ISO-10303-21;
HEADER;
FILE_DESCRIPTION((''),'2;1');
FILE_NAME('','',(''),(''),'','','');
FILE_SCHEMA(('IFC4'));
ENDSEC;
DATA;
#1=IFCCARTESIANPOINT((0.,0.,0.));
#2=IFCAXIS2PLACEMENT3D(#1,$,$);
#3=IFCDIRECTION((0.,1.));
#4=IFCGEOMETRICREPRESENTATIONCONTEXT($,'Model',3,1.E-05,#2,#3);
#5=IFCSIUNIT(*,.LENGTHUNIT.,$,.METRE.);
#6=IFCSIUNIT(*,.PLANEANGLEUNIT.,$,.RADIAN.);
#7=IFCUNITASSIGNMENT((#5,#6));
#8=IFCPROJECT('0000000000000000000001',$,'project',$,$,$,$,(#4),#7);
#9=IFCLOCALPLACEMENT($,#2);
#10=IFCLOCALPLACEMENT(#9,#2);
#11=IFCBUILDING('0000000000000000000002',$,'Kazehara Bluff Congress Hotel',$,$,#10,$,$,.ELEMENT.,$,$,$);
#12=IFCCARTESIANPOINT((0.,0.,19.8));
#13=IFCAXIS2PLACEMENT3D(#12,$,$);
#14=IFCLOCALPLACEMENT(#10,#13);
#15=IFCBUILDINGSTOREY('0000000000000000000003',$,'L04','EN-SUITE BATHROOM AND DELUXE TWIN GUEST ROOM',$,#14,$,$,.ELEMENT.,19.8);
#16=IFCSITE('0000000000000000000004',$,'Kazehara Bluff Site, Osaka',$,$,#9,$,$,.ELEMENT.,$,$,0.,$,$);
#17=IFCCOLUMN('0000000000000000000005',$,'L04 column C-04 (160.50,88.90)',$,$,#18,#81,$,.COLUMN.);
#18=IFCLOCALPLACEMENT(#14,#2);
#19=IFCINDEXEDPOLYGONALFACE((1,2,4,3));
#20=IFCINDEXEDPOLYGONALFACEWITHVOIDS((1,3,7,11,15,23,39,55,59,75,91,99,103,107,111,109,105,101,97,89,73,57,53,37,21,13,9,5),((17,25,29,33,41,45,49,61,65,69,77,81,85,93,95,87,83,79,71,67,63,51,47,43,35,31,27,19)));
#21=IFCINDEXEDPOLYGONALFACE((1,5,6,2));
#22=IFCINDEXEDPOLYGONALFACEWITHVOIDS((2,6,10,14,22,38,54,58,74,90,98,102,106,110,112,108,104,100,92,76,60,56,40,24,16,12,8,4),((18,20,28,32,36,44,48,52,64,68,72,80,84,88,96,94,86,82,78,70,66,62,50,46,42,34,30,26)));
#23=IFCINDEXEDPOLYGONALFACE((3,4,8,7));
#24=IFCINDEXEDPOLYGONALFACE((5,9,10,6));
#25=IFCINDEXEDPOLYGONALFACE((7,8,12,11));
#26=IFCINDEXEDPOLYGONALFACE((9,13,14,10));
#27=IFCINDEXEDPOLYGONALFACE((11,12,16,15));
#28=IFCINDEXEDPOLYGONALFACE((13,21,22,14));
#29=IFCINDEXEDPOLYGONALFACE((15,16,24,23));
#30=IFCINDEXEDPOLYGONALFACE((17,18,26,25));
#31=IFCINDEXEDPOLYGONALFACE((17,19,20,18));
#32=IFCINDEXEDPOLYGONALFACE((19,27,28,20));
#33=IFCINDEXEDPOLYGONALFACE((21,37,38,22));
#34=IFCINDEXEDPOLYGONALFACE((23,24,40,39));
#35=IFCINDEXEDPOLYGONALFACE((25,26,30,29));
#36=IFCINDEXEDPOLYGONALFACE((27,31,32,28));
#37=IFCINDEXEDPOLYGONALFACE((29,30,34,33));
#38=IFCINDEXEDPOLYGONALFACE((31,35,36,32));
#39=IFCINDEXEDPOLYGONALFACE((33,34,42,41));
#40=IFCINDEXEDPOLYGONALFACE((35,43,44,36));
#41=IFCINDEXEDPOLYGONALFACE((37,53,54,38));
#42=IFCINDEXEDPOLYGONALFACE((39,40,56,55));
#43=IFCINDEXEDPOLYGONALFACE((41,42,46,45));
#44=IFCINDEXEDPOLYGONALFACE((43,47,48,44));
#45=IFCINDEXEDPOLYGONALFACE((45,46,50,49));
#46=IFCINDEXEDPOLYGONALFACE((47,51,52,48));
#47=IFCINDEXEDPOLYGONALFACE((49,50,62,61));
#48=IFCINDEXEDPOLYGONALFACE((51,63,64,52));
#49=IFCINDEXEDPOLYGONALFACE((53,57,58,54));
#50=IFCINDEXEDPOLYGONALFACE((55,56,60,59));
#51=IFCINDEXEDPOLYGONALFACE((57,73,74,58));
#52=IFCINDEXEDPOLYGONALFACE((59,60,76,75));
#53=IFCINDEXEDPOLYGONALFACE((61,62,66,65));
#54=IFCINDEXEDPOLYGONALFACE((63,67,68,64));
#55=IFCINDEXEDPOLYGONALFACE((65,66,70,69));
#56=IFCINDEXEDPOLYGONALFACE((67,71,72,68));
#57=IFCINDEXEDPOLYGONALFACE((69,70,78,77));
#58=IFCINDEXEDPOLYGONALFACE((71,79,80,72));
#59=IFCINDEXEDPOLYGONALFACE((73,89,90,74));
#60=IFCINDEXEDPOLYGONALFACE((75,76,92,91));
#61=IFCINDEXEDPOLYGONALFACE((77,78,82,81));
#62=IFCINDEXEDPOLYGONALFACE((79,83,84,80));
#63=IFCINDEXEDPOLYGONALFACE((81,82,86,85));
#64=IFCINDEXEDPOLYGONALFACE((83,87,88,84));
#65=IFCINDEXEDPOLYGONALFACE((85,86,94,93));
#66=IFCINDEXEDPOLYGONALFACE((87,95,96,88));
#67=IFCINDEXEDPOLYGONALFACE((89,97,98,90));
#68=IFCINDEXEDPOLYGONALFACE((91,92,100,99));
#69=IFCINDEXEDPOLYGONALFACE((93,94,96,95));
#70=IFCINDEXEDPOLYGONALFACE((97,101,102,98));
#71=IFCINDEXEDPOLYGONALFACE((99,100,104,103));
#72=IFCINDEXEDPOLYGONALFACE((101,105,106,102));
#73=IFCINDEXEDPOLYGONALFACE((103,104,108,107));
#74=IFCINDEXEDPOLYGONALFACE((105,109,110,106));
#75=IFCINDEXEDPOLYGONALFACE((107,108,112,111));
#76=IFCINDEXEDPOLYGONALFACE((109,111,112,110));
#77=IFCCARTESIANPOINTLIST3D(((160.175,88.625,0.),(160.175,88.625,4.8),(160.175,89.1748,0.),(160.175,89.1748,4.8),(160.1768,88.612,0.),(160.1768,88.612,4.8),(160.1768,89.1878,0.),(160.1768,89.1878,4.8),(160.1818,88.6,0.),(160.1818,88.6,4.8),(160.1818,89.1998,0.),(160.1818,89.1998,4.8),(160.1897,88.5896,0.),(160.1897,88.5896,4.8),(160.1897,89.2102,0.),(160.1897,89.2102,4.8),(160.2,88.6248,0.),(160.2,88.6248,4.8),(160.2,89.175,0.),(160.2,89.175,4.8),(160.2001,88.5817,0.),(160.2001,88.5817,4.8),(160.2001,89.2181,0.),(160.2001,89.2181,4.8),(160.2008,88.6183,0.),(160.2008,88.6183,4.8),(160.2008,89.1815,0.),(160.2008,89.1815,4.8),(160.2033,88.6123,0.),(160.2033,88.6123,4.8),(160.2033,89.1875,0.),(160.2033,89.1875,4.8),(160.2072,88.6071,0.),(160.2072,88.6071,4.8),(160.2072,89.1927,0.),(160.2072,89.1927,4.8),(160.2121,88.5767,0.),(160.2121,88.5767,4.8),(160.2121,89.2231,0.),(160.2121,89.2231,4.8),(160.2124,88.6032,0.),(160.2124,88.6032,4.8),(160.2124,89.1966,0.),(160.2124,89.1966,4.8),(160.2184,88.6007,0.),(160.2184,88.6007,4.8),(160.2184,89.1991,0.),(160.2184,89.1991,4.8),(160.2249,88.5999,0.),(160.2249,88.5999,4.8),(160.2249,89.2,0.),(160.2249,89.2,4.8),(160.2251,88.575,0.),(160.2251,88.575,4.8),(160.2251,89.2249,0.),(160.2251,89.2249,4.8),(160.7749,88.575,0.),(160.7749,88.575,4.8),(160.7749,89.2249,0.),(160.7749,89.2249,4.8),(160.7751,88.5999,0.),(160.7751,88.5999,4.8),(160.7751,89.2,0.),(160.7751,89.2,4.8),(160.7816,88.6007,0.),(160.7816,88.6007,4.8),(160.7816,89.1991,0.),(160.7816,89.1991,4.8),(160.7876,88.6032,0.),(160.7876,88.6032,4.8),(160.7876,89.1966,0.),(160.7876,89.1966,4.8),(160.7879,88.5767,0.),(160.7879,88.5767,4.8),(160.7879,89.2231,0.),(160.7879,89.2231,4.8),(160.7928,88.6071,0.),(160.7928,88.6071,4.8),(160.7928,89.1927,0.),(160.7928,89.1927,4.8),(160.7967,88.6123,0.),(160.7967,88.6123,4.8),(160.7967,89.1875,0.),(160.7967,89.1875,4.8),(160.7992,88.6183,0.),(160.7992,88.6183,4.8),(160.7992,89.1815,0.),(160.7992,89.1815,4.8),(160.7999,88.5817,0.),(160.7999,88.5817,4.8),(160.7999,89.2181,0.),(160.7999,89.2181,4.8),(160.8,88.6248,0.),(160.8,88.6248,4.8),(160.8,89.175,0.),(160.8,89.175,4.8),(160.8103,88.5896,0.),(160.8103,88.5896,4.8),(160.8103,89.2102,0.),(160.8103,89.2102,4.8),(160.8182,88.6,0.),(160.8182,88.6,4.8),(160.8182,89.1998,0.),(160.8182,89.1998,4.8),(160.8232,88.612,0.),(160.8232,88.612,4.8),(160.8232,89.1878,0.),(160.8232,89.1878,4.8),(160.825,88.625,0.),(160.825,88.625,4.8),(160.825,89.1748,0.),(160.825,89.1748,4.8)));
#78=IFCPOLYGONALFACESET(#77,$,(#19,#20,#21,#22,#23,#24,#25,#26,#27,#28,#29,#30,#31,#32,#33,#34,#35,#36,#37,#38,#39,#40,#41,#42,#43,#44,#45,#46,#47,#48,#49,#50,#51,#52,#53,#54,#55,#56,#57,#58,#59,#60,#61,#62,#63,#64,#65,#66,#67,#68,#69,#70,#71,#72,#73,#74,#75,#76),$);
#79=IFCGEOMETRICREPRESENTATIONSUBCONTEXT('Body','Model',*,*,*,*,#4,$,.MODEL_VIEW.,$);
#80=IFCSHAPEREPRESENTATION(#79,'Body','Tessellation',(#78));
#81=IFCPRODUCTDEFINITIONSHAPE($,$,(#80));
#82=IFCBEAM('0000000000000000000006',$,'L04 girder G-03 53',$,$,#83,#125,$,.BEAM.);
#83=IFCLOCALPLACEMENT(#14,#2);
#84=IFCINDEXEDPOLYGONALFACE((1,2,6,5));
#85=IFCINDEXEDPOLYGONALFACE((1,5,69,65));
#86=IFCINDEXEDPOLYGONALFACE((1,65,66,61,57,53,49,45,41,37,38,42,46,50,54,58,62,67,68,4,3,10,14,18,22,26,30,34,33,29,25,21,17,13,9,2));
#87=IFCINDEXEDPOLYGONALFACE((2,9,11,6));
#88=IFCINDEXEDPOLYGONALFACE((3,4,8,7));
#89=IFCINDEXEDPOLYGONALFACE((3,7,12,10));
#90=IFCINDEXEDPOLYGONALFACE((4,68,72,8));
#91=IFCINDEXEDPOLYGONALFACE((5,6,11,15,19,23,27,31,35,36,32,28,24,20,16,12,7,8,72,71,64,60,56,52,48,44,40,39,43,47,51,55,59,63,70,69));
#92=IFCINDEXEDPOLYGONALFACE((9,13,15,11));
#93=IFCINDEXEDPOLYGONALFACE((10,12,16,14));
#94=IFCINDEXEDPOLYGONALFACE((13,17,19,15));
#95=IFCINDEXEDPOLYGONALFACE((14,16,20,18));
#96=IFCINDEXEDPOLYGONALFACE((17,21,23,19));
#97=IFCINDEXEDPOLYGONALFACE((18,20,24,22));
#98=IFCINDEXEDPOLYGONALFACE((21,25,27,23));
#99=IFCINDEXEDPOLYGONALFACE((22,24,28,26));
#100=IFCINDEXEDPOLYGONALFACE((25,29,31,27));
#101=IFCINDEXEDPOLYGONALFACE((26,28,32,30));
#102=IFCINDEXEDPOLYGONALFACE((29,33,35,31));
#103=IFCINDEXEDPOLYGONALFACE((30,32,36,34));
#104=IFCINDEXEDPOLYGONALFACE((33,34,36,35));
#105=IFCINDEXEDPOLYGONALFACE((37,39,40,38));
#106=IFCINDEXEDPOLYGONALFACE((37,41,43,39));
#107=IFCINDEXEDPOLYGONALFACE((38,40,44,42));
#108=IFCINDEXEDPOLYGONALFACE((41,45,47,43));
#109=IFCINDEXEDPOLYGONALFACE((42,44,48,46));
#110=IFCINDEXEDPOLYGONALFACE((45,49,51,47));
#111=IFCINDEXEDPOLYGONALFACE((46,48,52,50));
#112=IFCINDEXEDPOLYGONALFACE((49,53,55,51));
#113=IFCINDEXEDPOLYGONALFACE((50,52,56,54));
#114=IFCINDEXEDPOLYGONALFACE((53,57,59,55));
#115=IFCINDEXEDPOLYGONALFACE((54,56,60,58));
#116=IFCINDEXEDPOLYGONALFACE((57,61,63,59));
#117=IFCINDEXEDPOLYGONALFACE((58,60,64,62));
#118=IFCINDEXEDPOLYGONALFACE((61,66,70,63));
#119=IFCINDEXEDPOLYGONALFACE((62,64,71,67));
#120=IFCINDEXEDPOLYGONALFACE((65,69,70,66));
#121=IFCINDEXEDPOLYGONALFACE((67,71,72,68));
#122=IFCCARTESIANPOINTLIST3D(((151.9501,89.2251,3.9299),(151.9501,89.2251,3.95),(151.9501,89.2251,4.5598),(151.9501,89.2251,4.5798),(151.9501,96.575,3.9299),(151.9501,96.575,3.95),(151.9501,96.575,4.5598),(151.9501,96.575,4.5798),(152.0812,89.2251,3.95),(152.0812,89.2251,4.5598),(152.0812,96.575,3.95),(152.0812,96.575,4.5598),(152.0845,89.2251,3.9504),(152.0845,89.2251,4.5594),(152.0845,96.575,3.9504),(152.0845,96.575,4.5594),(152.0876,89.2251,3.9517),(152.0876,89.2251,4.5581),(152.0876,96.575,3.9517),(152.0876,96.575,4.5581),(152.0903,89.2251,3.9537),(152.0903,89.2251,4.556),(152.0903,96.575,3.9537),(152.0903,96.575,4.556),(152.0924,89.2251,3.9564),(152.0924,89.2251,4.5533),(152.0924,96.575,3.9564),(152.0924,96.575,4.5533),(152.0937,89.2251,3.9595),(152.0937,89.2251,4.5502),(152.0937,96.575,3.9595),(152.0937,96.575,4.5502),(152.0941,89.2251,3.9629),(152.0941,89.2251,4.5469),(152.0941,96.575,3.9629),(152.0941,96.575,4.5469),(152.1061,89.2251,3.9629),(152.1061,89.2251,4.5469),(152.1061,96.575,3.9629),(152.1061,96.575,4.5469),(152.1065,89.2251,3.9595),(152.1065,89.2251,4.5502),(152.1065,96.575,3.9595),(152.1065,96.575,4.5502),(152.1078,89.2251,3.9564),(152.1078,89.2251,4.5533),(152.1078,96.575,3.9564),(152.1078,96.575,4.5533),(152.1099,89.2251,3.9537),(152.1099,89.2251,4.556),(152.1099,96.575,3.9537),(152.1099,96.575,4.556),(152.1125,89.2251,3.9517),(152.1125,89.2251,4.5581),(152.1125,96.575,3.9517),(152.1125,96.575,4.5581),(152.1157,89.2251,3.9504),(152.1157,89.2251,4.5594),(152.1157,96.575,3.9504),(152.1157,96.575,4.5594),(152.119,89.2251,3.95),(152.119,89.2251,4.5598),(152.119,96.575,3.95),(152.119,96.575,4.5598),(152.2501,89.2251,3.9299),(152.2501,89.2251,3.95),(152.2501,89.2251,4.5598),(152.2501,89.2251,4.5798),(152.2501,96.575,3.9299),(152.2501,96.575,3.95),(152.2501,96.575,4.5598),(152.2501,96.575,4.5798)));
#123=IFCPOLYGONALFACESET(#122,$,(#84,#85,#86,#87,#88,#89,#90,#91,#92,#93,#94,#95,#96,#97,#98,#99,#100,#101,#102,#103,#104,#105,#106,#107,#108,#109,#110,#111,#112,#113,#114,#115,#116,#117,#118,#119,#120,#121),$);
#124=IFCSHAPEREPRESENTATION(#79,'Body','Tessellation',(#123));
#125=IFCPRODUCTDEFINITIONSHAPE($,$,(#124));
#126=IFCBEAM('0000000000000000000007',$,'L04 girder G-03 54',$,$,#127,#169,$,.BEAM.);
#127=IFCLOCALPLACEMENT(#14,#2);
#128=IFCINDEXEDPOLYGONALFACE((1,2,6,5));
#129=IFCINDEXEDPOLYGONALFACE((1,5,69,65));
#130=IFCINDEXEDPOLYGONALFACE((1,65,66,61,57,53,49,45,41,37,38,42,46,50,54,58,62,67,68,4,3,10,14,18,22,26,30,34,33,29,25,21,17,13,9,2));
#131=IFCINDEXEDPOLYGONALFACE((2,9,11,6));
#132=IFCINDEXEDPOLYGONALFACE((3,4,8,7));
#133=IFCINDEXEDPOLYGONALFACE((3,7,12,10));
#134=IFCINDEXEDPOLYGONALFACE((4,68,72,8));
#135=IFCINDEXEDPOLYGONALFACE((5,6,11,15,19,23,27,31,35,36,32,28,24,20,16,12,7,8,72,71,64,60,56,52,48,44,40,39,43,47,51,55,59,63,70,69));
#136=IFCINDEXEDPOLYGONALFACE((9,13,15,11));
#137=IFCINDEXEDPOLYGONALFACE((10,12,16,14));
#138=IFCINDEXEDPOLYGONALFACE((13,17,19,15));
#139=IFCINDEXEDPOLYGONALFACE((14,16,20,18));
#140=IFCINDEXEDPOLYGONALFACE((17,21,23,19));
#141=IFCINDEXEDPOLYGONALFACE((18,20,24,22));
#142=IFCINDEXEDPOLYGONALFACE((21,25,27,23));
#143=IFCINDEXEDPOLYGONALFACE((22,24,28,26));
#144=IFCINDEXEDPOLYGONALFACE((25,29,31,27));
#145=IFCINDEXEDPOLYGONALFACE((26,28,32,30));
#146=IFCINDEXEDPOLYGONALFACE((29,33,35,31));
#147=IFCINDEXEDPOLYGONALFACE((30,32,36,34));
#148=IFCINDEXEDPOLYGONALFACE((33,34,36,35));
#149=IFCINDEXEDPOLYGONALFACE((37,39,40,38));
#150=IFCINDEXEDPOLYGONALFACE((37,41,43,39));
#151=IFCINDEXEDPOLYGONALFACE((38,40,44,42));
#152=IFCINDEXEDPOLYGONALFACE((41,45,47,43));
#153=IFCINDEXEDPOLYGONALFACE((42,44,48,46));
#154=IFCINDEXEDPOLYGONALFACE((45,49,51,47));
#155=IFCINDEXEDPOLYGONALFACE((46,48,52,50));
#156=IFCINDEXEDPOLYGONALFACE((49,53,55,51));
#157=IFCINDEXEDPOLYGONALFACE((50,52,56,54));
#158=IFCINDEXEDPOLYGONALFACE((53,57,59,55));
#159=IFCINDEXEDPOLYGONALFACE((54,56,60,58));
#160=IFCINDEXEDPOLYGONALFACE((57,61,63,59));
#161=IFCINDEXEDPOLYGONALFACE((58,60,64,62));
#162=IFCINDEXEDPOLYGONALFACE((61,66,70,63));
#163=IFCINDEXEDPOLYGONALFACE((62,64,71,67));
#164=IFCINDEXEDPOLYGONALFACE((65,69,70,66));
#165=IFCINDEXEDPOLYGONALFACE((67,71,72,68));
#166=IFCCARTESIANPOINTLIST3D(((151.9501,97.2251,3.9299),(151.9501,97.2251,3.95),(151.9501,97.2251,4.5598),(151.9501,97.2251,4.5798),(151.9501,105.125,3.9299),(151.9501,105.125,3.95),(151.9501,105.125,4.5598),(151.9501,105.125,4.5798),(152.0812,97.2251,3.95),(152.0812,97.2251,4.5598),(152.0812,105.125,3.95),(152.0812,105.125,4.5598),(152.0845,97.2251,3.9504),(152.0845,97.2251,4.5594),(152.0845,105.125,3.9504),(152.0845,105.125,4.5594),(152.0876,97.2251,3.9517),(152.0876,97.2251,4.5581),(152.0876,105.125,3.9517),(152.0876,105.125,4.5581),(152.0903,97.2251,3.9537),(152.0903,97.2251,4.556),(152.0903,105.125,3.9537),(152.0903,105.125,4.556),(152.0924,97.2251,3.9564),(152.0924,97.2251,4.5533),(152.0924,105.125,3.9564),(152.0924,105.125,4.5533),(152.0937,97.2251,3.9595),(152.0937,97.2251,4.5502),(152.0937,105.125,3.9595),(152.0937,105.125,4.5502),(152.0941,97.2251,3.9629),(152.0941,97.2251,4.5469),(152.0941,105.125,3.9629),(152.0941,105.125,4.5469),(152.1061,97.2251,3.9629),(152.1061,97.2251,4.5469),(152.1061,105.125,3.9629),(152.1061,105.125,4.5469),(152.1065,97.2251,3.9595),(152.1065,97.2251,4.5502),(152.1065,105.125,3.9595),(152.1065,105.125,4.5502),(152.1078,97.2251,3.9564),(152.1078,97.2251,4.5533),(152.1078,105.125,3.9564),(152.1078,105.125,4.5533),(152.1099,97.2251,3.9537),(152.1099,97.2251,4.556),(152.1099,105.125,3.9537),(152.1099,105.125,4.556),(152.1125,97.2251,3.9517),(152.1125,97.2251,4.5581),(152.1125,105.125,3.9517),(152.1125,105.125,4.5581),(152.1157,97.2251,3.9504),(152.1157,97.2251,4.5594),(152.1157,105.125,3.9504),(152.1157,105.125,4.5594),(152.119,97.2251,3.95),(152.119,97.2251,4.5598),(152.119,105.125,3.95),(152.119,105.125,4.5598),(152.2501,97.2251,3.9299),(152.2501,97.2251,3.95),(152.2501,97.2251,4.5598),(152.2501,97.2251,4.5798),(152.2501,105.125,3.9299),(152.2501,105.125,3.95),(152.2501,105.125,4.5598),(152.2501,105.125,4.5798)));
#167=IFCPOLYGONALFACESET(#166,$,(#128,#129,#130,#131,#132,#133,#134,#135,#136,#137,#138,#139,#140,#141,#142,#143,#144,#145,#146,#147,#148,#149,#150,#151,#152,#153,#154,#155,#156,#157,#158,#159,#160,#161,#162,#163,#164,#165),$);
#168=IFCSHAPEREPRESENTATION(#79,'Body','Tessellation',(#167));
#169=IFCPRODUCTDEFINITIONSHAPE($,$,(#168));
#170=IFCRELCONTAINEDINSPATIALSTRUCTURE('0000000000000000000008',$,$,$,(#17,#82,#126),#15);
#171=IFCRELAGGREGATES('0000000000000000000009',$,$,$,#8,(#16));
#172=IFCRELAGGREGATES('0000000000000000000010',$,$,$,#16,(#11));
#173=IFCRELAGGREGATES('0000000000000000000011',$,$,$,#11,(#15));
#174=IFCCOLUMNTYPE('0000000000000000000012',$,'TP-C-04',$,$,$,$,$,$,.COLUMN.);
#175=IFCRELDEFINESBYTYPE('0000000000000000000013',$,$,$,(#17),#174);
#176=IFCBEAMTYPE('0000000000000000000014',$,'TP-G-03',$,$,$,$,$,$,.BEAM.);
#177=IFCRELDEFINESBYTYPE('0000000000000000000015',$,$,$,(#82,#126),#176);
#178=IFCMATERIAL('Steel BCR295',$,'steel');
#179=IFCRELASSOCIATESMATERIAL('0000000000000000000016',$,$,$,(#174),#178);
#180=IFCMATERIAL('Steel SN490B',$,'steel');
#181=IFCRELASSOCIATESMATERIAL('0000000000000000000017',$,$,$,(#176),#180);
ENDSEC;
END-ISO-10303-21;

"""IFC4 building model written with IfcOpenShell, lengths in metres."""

from ifc_helpers import new_model, si_unit, direction, frame, origin, origin_2d, place, context, subcontext, project, spatial, hollow_rectangle, i_section, extrude, material, material_profile, profile_set, type_object, element, save


model = new_model("IFC4")

# Units and contexts
model_context = context("Model", 3, precision=1e-05, world=origin(), true_north=direction((0.0, 1.0)))
body_context = subcontext(model_context, "Body", "Model", "MODEL_VIEW")
ifc_project = project(units=[si_unit("LENGTHUNIT", "METRE"), si_unit("PLANEANGLEUNIT", "RADIAN")], contexts=[model_context])

# Site, building, storey
site_placement = place(None, origin())
site = spatial("IfcSite", under=ifc_project, at=site_placement, Name="Kazehara Bluff Site, Osaka", CompositionType="ELEMENT", RefElevation=0.0)
building_placement = place(site_placement, origin())
building = spatial("IfcBuilding", under=site, at=building_placement, Name="Kazehara Bluff Congress Hotel", CompositionType="ELEMENT")
storey_placement = place(building_placement, frame((0.0, 0.0, 19.8)))
storey = spatial("IfcBuildingStorey", under=building, at=storey_placement, Name="L04", Description="EN-SUITE BATHROOM AND DELUXE TWIN GUEST ROOM", CompositionType="ELEMENT", Elevation=19.8)

# Column
ifc_material_1 = material(Name="Steel BCR295", Category="steel")
ifc_material_profile_1 = material_profile(ifc_material_1, hollow_rectangle(XDim=0.6499, YDim=0.6499, WallThickness=0.0249, InnerFilletRadius=0.0249, OuterFilletRadius=0.05, at=origin_2d()))
ifc_profile_set_1 = profile_set([ifc_material_profile_1], Name="Steel BCR295")
column_type = type_object("IfcColumnType", Name="TP-C-04", PredefinedType="COLUMN", material=ifc_profile_set_1)
for number, where, z_axis, x_axis, name in (
    (1, (160.5, 88.8999, 0.0), (0.0, 0.0, 1.0), (1.0, 0.0, 0.0), "L04 column C-04 (160.50,88.90)"),
):
    element("IfcColumn", number, at=place(storey_placement, frame(where, z_axis=z_axis, x_axis=x_axis)), inside=storey, type_object=column_type, Name=name, PredefinedType="COLUMN", context=body_context, shape_type="SweptSolid", body=[
        extrude(hollow_rectangle(XDim=0.6499, YDim=0.6499, WallThickness=0.0249, InnerFilletRadius=0.0249, OuterFilletRadius=0.05, at=origin_2d()), origin(), (0.0, 0.0, 1.0), 4.8),
    ])

# Beams
ifc_material_2 = material(Name="Steel SN490B", Category="steel")
ifc_material_profile_2 = material_profile(ifc_material_2, i_section(OverallWidth=0.3, OverallDepth=0.6499, WebThickness=0.012, FlangeThickness=0.02, FilletRadius=0.0129, at=origin_2d()))
ifc_profile_set_2 = profile_set([ifc_material_profile_2], Name="Steel SN490B")
beam_type_1 = type_object("IfcBeamType", Name="TP-G-03", PredefinedType="BEAM", material=ifc_profile_set_2)
beam_1_placement = place(storey_placement, frame((152.1001, 89.2251, 4.2549), z_axis=(0.0, 1.0, 0.0), x_axis=(-1.0, 0.0, 0.0)))
element("IfcBeam", 2, at=beam_1_placement, inside=storey, type_object=beam_type_1, Name="L04 girder G-03 53", PredefinedType="BEAM", context=body_context, shape_type="SweptSolid", body=[
    extrude(i_section(OverallWidth=0.3, OverallDepth=0.6499, WebThickness=0.012, FlangeThickness=0.02, FilletRadius=0.0129, at=origin_2d()), origin(), (0.0, 0.0, 1.0), 7.3499),
])
beam_2_placement = place(storey_placement, frame((152.1001, 97.2251, 4.2549), z_axis=(0.0, 1.0, 0.0), x_axis=(-1.0, 0.0, 0.0)))
element("IfcBeam", 3, at=beam_2_placement, inside=storey, type_object=beam_type_1, Name="L04 girder G-03 54", PredefinedType="BEAM", context=body_context, shape_type="SweptSolid", body=[
    extrude(i_section(OverallWidth=0.3, OverallDepth=0.6499, WebThickness=0.012, FlangeThickness=0.02, FilletRadius=0.0129, at=origin_2d()), origin(), (0.0, 0.0, 1.0), 7.8999),
])

save(model, "model.ifc")
